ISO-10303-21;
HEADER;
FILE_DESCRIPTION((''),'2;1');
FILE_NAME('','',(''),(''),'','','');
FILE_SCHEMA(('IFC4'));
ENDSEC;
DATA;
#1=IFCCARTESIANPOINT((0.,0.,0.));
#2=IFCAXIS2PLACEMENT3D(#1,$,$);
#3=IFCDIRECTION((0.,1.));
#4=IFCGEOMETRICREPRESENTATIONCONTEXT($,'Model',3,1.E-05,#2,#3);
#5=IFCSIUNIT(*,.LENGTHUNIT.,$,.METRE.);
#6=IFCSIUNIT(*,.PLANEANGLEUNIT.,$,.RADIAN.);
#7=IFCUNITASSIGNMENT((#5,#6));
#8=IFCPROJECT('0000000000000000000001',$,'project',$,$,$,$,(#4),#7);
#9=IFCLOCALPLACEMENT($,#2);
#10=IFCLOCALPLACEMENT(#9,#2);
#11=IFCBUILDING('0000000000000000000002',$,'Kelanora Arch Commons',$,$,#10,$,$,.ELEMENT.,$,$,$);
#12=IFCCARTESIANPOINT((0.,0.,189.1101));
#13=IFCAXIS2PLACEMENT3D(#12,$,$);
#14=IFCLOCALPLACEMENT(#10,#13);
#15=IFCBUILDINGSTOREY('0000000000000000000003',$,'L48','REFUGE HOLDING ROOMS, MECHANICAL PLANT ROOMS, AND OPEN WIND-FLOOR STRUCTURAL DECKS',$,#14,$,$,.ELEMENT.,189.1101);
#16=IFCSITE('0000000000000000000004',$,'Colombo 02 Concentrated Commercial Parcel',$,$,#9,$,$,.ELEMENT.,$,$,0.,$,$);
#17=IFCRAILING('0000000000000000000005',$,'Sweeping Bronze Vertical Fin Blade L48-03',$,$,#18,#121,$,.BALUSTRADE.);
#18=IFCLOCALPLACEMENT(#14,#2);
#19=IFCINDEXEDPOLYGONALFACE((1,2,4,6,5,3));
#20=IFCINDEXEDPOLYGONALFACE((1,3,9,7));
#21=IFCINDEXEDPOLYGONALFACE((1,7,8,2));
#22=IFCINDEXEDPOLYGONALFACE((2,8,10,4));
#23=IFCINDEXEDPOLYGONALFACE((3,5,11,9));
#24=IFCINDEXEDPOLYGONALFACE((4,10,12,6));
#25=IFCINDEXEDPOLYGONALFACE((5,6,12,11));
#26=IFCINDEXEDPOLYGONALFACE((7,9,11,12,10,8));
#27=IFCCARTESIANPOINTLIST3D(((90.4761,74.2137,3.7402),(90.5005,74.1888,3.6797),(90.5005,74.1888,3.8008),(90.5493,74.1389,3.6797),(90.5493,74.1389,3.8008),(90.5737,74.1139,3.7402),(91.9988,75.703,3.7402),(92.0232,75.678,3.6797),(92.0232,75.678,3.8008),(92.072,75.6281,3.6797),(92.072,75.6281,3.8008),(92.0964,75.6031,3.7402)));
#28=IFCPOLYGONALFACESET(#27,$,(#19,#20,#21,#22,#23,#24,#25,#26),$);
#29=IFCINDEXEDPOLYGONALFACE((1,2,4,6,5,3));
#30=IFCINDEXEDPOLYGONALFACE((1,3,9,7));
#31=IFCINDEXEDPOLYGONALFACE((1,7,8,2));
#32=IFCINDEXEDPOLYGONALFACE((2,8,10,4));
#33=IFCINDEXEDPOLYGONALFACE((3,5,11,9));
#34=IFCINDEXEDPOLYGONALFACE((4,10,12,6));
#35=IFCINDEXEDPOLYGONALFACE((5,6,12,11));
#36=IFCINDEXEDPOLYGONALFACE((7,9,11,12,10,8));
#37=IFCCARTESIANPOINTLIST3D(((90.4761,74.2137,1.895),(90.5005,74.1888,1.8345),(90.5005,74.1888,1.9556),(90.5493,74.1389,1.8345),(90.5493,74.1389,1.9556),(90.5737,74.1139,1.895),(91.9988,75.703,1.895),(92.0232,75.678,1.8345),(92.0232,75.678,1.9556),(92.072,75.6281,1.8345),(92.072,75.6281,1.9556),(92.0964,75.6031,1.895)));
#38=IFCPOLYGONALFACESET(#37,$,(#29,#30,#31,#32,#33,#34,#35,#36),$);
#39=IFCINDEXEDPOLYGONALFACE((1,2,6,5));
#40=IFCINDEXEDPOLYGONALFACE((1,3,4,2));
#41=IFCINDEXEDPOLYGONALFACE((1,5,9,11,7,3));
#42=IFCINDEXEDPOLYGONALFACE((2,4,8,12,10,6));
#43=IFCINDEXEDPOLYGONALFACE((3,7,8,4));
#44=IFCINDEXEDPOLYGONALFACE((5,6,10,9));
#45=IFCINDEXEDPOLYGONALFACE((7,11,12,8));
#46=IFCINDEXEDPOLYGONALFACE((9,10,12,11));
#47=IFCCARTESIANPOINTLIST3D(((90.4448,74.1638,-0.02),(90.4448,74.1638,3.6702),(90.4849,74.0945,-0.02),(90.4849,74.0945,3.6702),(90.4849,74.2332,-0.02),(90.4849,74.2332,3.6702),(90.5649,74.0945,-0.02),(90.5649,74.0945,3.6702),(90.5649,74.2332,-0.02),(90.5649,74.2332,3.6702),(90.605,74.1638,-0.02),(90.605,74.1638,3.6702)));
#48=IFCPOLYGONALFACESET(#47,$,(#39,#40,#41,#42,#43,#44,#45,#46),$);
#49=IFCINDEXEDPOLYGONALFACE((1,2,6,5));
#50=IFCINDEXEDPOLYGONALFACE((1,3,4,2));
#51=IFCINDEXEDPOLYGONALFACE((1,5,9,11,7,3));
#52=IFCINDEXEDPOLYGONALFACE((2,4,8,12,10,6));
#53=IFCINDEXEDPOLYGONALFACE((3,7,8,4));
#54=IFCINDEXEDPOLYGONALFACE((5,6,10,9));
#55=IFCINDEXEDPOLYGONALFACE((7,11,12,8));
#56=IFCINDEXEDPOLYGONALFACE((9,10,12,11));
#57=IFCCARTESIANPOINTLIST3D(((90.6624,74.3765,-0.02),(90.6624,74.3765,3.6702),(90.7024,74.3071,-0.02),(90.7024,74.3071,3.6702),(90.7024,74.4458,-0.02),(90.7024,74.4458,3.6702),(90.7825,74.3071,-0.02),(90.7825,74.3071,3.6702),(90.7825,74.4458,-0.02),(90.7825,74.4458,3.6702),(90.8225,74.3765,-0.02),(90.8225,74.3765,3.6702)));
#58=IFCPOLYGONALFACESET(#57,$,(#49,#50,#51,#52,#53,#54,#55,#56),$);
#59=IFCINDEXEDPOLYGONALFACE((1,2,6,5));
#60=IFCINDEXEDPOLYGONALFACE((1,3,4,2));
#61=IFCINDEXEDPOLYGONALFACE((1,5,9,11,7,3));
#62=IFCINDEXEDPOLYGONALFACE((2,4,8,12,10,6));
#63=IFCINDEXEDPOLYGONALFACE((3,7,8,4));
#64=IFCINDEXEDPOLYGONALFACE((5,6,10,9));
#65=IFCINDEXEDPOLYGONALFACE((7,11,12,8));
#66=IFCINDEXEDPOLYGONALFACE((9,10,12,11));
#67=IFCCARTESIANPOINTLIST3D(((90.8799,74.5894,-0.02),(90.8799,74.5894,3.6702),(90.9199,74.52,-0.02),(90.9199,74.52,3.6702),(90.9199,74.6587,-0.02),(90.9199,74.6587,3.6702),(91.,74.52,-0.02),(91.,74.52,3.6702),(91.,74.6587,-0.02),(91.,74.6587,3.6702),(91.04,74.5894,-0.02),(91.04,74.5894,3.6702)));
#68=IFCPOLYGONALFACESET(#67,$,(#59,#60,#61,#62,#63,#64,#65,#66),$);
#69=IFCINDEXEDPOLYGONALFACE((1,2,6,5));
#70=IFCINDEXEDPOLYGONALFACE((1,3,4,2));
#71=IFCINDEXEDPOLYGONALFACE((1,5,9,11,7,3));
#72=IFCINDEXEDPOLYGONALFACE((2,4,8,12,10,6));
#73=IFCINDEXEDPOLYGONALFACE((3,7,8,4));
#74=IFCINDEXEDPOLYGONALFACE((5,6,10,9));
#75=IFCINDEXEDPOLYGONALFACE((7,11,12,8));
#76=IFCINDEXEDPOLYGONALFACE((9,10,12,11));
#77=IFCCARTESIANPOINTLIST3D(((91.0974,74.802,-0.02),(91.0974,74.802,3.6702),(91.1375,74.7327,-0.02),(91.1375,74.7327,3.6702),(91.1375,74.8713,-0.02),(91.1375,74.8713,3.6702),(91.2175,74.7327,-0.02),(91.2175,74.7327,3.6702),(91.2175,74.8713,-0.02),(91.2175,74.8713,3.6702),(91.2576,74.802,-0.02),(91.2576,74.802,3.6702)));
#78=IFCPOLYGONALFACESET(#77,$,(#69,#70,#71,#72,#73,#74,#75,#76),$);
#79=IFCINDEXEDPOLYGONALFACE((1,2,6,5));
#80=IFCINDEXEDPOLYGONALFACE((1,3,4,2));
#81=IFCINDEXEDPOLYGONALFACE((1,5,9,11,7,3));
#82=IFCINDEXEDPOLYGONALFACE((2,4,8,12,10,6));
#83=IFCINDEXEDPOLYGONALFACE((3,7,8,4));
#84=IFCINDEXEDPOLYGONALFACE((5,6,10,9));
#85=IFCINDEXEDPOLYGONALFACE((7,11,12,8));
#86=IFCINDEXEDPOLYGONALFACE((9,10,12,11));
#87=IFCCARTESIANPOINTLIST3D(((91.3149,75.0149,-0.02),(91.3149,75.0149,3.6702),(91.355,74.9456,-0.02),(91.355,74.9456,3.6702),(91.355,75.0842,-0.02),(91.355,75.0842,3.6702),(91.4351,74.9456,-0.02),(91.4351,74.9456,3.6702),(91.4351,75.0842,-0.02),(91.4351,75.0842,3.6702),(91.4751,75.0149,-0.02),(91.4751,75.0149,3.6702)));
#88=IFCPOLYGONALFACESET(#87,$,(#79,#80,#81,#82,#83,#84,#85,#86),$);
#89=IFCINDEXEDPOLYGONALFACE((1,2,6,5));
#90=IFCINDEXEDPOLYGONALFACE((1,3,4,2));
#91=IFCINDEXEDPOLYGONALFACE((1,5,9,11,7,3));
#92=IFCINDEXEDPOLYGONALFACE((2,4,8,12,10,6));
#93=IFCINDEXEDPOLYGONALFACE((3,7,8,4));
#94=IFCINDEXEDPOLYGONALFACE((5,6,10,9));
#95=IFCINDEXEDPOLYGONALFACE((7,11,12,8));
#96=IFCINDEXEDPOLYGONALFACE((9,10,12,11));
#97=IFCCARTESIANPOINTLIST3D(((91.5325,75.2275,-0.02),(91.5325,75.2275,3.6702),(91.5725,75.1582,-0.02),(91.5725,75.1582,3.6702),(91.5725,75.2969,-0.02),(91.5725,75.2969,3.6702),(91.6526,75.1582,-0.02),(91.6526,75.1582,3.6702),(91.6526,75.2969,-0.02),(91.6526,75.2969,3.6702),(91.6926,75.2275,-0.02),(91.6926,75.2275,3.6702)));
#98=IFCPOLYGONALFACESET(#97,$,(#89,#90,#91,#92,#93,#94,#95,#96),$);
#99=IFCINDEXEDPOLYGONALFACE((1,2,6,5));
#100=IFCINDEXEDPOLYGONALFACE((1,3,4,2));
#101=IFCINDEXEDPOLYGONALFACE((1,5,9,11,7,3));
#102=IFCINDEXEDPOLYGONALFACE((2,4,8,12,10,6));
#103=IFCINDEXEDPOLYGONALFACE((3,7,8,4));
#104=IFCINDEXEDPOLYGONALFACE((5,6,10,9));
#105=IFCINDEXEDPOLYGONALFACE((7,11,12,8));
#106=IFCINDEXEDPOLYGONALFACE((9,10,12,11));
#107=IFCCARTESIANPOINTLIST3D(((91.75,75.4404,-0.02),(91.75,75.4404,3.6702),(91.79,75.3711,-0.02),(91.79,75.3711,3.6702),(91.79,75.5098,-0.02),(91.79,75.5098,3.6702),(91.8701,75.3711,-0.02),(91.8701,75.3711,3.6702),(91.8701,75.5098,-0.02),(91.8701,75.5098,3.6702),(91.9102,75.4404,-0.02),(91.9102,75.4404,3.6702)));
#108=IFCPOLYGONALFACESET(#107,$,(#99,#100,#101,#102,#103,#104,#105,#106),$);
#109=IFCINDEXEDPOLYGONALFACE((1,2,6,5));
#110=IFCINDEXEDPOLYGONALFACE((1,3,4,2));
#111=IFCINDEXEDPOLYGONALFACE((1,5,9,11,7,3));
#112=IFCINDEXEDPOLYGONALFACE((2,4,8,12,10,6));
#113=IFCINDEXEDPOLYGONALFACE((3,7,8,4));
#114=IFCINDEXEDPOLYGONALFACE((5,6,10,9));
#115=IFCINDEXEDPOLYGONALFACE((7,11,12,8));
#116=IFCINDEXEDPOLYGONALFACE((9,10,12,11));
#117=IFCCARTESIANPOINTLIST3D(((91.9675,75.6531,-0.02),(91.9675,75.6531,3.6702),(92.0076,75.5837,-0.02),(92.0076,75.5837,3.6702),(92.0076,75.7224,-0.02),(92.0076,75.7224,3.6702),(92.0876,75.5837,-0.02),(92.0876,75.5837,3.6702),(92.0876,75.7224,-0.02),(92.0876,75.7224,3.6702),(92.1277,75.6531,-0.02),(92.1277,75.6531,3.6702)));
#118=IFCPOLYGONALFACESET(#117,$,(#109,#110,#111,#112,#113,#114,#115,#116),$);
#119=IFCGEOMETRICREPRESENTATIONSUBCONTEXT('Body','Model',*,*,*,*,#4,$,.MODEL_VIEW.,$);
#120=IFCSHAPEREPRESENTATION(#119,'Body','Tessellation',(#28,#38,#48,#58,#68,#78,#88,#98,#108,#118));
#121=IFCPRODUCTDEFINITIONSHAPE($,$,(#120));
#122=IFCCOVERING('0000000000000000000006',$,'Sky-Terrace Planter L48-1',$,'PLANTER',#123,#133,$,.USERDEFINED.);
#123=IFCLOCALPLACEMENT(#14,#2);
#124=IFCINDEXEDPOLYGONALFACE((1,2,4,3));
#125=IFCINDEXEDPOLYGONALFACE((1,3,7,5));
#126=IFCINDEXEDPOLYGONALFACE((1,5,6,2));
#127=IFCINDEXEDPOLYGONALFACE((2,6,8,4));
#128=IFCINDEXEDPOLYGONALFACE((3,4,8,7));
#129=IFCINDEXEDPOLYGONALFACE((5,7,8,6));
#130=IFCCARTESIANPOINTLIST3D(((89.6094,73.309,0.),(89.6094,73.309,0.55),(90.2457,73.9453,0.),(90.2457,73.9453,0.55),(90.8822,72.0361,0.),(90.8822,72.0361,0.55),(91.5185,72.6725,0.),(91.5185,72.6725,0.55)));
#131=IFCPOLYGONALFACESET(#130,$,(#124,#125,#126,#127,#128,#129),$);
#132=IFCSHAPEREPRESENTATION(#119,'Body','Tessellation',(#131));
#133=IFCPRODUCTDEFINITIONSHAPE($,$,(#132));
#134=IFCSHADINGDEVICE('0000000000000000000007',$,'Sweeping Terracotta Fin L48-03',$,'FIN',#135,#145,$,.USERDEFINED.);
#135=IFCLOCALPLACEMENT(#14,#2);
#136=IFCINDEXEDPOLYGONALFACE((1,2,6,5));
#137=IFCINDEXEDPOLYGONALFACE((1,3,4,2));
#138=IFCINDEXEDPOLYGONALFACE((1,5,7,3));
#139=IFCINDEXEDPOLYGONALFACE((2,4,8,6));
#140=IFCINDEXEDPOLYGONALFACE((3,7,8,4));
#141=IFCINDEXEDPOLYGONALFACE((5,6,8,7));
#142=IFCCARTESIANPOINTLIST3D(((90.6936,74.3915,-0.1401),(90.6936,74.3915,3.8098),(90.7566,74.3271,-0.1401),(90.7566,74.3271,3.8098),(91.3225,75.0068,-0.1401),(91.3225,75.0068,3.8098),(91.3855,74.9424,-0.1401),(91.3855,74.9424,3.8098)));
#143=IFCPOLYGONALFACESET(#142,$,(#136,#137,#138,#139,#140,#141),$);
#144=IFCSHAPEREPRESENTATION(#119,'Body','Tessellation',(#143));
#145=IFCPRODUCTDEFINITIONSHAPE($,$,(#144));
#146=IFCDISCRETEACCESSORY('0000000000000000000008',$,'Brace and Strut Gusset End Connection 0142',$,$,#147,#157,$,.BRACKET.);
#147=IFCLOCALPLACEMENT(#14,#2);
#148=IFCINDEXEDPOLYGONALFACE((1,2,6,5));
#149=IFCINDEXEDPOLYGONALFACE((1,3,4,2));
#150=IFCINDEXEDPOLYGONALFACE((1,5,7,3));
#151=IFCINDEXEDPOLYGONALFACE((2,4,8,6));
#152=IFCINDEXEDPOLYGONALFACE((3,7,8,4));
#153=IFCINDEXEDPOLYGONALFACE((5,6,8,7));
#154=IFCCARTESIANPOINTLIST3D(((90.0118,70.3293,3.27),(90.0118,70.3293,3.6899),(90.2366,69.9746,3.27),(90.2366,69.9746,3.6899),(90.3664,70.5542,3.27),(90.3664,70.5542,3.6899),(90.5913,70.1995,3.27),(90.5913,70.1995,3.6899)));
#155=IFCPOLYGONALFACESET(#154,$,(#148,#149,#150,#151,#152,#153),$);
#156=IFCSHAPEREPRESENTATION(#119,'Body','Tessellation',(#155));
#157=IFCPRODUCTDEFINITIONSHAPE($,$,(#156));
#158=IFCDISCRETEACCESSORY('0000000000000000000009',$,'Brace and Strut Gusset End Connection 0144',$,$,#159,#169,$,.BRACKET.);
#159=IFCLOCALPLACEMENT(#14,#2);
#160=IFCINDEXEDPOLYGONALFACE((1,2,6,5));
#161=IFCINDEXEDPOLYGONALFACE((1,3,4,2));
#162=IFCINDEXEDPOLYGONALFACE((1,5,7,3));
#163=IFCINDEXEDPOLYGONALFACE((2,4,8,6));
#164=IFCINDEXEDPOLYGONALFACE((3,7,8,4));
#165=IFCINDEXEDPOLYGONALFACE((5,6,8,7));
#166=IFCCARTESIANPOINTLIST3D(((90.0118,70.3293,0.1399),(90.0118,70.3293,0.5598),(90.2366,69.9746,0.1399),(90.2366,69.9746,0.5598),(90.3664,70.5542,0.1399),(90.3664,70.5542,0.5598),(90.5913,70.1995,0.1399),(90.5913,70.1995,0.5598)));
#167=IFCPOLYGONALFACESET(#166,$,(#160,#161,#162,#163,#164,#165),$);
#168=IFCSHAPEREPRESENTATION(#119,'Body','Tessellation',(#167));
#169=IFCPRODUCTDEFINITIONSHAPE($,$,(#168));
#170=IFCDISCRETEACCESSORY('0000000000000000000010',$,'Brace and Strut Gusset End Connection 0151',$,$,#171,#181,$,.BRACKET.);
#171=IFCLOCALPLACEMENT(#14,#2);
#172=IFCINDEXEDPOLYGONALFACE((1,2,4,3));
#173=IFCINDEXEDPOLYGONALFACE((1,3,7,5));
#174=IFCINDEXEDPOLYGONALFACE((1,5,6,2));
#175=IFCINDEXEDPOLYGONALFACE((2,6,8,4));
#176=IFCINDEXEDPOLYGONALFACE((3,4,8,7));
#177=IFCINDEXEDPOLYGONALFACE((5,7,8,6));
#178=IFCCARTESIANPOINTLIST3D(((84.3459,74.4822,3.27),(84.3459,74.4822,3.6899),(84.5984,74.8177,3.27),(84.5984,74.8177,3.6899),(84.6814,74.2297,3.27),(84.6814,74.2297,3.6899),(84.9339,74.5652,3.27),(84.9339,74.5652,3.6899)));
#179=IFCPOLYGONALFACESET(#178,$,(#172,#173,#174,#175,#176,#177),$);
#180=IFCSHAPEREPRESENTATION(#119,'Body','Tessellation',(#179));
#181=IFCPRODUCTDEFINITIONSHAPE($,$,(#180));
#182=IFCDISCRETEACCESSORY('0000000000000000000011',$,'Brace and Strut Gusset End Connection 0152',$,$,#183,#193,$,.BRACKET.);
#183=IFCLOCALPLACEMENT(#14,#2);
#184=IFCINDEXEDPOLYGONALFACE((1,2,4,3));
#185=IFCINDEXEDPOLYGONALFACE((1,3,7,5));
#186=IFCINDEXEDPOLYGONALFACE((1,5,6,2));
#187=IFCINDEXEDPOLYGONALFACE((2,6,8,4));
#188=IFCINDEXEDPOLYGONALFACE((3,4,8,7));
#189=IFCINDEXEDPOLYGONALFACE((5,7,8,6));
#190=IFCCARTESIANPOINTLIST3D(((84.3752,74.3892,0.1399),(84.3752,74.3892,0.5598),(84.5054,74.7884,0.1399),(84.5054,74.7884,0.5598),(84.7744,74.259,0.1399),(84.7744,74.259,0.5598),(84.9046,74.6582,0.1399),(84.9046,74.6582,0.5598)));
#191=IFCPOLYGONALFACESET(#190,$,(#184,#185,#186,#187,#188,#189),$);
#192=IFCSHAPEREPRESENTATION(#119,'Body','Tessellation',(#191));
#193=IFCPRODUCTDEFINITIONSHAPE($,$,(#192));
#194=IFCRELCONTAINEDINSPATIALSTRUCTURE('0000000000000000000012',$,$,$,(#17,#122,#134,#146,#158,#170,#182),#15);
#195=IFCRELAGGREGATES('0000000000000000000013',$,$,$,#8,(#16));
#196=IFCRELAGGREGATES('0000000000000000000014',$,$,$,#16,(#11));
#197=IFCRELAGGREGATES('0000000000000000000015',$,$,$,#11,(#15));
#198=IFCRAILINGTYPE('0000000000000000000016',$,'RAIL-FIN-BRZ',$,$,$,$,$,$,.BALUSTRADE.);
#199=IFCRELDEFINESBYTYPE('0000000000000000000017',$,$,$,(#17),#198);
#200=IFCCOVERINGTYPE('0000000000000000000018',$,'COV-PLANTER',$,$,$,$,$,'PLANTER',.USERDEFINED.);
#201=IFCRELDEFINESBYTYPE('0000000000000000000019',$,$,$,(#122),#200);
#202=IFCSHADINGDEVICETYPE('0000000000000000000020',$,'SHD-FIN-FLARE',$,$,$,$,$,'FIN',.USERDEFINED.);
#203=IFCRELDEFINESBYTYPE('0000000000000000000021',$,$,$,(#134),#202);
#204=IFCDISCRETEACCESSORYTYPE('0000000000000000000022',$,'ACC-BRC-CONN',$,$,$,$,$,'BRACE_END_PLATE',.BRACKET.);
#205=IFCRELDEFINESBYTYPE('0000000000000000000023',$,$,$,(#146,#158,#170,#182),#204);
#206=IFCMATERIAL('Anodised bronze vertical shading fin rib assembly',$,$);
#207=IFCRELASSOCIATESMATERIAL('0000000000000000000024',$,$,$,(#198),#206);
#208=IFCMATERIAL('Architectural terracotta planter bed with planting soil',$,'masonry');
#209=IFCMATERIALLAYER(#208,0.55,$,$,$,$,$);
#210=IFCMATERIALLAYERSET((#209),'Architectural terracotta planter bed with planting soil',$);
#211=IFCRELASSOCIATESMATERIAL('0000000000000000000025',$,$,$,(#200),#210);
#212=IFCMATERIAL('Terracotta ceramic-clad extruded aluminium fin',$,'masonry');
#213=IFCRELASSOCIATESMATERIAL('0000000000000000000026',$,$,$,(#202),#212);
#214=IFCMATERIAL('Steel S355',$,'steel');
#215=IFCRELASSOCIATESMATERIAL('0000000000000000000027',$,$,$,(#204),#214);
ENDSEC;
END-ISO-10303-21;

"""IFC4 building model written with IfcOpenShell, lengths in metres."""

from ifc_helpers import new_model, si_unit, direction, frame, origin, origin_2d, place, context, subcontext, project, spatial, polyline, rectangle, outline, extrude, source, transform, mapped, material, layer, layer_set, type_object, element, save


model = new_model("IFC4")

# Units and contexts
model_context = context("Model", 3, precision=1e-05, world=origin(), true_north=direction((0.0, 1.0)))
body_context = subcontext(model_context, "Body", "Model", "MODEL_VIEW")
ifc_project = project(units=[si_unit("LENGTHUNIT", "METRE"), si_unit("PLANEANGLEUNIT", "RADIAN")], contexts=[model_context])

# Site, building, storey
site_placement = place(None, origin())
site = spatial("IfcSite", under=ifc_project, at=site_placement, Name="Colombo 02 Concentrated Commercial Parcel", CompositionType="ELEMENT", RefElevation=0.0)
building_placement = place(site_placement, origin())
building = spatial("IfcBuilding", under=site, at=building_placement, Name="Kelanora Arch Commons", CompositionType="ELEMENT")
storey_placement = place(building_placement, frame((0.0, 0.0, 189.1101)))
storey = spatial("IfcBuildingStorey", under=building, at=storey_placement, Name="L48", Description="REFUGE HOLDING ROOMS, MECHANICAL PLANT ROOMS, AND OPEN WIND-FLOOR STRUCTURAL DECKS", CompositionType="ELEMENT", Elevation=189.1101)

# Shared definitions
ifc_material_1 = material(Name="Steel S355", Category="steel")

# Railing
ifc_material_2 = material(Name="Anodised bronze vertical shading fin rib assembly")
railing_type = type_object("IfcRailingType", Name="RAIL-FIN-BRZ", PredefinedType="BALUSTRADE", material=ifc_material_2)
railing_placement = place(storey_placement, frame((90.5249, 74.1638, -0.02)))
element("IfcRailing", 1, at=railing_placement, inside=storey, type_object=railing_type, Name="Sweeping Bronze Vertical Fin Blade L48-03", PredefinedType="BALUSTRADE", context=body_context, shape_type="SweptSolid", body=[
    extrude(outline(polyline([(0.0698, 0.0), (0.0349, 0.0605), (-0.0349, 0.0605), (-0.0698, 0.0), (-0.0349, -0.0605), (0.0349, -0.0605), (0.0698, 0.0)])), frame((0.0, 0.0, 3.7603), z_axis=(0.714915, 0.699211, 0.0), x_axis=(-0.699211, 0.714915, 0.0)), (0.0, 0.0, 1.0), 2.1299),
    extrude(outline(polyline([(0.0698, 0.0), (0.0349, 0.0605), (-0.0349, 0.0605), (-0.0698, 0.0), (-0.0349, -0.0605), (0.0349, -0.0605), (0.0698, 0.0)])), frame((0.0, 0.0, 1.915), z_axis=(0.714915, 0.699211, 0.0), x_axis=(-0.699211, 0.714915, 0.0)), (0.0, 0.0, 1.0), 2.1299),
    extrude(outline(polyline([(0.0801, 0.0), (0.04, 0.0693), (-0.04, 0.0693), (-0.0801, 0.0), (-0.04, -0.0693), (0.04, -0.0693), (0.0801, 0.0)])), origin(), (0.0, 0.0, 1.0), 3.6902),
    extrude(outline(polyline([(0.0801, 0.0), (0.04, 0.0693), (-0.04, 0.0693), (-0.0801, 0.0), (-0.04, -0.0693), (0.04, -0.0693), (0.0801, 0.0)])), frame((0.2175, 0.2126, 0.0)), (0.0, 0.0, 1.0), 3.6902),
    extrude(outline(polyline([(0.0801, 0.0), (0.04, 0.0693), (-0.04, 0.0693), (-0.0801, 0.0), (-0.04, -0.0693), (0.04, -0.0693), (0.0801, 0.0)])), frame((0.4351, 0.4255, 0.0)), (0.0, 0.0, 1.0), 3.6902),
    extrude(outline(polyline([(0.0801, 0.0), (0.04, 0.0693), (-0.04, 0.0693), (-0.0801, 0.0), (-0.04, -0.0693), (0.04, -0.0693), (0.0801, 0.0)])), frame((0.6526, 0.6382, 0.0)), (0.0, 0.0, 1.0), 3.6902),
    extrude(outline(polyline([(0.0801, 0.0), (0.04, 0.0693), (-0.04, 0.0693), (-0.0801, 0.0), (-0.04, -0.0693), (0.04, -0.0693), (0.0801, 0.0)])), frame((0.8701, 0.8511, 0.0)), (0.0, 0.0, 1.0), 3.6902),
    extrude(outline(polyline([(0.0801, 0.0), (0.04, 0.0693), (-0.04, 0.0693), (-0.0801, 0.0), (-0.04, -0.0693), (0.04, -0.0693), (0.0801, 0.0)])), frame((1.0876, 1.0637, 0.0)), (0.0, 0.0, 1.0), 3.6902),
    extrude(outline(polyline([(0.0801, 0.0), (0.04, 0.0693), (-0.04, 0.0693), (-0.0801, 0.0), (-0.04, -0.0693), (0.04, -0.0693), (0.0801, 0.0)])), frame((1.3052, 1.2766, 0.0)), (0.0, 0.0, 1.0), 3.6902),
    extrude(outline(polyline([(0.0801, 0.0), (0.04, 0.0693), (-0.04, 0.0693), (-0.0801, 0.0), (-0.04, -0.0693), (0.04, -0.0693), (0.0801, 0.0)])), frame((1.5227, 1.4893, 0.0)), (0.0, 0.0, 1.0), 3.6902),
])

# Covering
ifc_material_3 = material(Name="Architectural terracotta planter bed with planting soil", Category="masonry")
ifc_layer_1 = layer(ifc_material_3, 0.55)
ifc_layer_set_1 = layer_set([ifc_layer_1], Name="Architectural terracotta planter bed with planting soil")
covering_type = type_object("IfcCoveringType", Name="COV-PLANTER", ElementType="PLANTER", PredefinedType="USERDEFINED", material=ifc_layer_set_1)
shared_shape_1 = source(origin(), body_context, "Body", "SweptSolid", [
    extrude(rectangle(XDim=1.8, YDim=0.8999, at=origin_2d()), origin(), (0.0, 0.0, 1.0), 0.55),
])
covering_placement = place(storey_placement, frame((90.564, 72.9907, 0.0), z_axis=(0.0, 0.0, 1.0), x_axis=(-0.707107, 0.707107, 0.0)))
element("IfcCovering", 2, at=covering_placement, inside=storey, type_object=covering_type, Name="Sky-Terrace Planter L48-1", ObjectType="PLANTER", PredefinedType="USERDEFINED", context=body_context, shape_type="MappedRepresentation", body=[
    mapped(shared_shape_1, transform((0.0, 0.0, 0.0), scale=1.0)),
])

# Shading device
ifc_material_4 = material(Name="Terracotta ceramic-clad extruded aluminium fin", Category="masonry")
shading_device_type = type_object("IfcShadingDeviceType", Name="SHD-FIN-FLARE", ElementType="FIN", PredefinedType="USERDEFINED", material=ifc_material_4)
shared_shape_2 = source(origin(), body_context, "Body", "SweptSolid", [
    extrude(rectangle(XDim=0.8799, YDim=0.0901, at=origin_2d()), origin(), (0.0, 0.0, 1.0), 3.95),
])
shading_device_placement = place(storey_placement, frame((91.0396, 74.667, -0.1401), z_axis=(0.0, 0.0, 1.0), x_axis=(0.714839, 0.699289, 0.0)))
element("IfcShadingDevice", 3, at=shading_device_placement, inside=storey, type_object=shading_device_type, Name="Sweeping Terracotta Fin L48-03", ObjectType="FIN", PredefinedType="USERDEFINED", context=body_context, shape_type="MappedRepresentation", body=[
    mapped(shared_shape_2, transform((0.0, 0.0, 0.0), scale=1.0)),
])

# Discrete accessories
discrete_accessory_type_1 = type_object("IfcDiscreteAccessoryType", Name="ACC-BRC-CONN", ElementType="BRACE_END_PLATE", PredefinedType="BRACKET", material=ifc_material_1)
shared_shape_3 = source(origin(), body_context, "Body", "SweptSolid", [
    extrude(rectangle(XDim=0.4199, YDim=0.4199, at=origin_2d()), origin(), (0.0, 0.0, 1.0), 0.4199),
])
for number, where, z_axis, x_axis, name in (
    (4, (90.3015, 70.2644, 3.27), (0.0, 0.0, 1.0), (0.844515, 0.535532, 0.0), "Brace and Strut Gusset End Connection 0142"),
    (5, (90.3015, 70.2644, 0.1399), (0.0, 0.0, 1.0), (0.844515, 0.535532, 0.0), "Brace and Strut Gusset End Connection 0144"),
    (6, (84.6399, 74.5237, 3.27), (0.0, 0.0, 1.0), (-0.799055, 0.601257, 0.0), "Brace and Strut Gusset End Connection 0151"),
    (7, (84.6399, 74.5237, 0.1399), (0.0, 0.0, 1.0), (-0.950678, 0.310179, 0.0), "Brace and Strut Gusset End Connection 0152"),
):
    element("IfcDiscreteAccessory", number, at=place(storey_placement, frame(where, z_axis=z_axis, x_axis=x_axis)), inside=storey, type_object=discrete_accessory_type_1, Name=name, PredefinedType="BRACKET", context=body_context, shape_type="MappedRepresentation", body=[
        mapped(shared_shape_3, transform((0.0, 0.0, 0.0), scale=1.0)),
    ])

save(model, "model.ifc")
